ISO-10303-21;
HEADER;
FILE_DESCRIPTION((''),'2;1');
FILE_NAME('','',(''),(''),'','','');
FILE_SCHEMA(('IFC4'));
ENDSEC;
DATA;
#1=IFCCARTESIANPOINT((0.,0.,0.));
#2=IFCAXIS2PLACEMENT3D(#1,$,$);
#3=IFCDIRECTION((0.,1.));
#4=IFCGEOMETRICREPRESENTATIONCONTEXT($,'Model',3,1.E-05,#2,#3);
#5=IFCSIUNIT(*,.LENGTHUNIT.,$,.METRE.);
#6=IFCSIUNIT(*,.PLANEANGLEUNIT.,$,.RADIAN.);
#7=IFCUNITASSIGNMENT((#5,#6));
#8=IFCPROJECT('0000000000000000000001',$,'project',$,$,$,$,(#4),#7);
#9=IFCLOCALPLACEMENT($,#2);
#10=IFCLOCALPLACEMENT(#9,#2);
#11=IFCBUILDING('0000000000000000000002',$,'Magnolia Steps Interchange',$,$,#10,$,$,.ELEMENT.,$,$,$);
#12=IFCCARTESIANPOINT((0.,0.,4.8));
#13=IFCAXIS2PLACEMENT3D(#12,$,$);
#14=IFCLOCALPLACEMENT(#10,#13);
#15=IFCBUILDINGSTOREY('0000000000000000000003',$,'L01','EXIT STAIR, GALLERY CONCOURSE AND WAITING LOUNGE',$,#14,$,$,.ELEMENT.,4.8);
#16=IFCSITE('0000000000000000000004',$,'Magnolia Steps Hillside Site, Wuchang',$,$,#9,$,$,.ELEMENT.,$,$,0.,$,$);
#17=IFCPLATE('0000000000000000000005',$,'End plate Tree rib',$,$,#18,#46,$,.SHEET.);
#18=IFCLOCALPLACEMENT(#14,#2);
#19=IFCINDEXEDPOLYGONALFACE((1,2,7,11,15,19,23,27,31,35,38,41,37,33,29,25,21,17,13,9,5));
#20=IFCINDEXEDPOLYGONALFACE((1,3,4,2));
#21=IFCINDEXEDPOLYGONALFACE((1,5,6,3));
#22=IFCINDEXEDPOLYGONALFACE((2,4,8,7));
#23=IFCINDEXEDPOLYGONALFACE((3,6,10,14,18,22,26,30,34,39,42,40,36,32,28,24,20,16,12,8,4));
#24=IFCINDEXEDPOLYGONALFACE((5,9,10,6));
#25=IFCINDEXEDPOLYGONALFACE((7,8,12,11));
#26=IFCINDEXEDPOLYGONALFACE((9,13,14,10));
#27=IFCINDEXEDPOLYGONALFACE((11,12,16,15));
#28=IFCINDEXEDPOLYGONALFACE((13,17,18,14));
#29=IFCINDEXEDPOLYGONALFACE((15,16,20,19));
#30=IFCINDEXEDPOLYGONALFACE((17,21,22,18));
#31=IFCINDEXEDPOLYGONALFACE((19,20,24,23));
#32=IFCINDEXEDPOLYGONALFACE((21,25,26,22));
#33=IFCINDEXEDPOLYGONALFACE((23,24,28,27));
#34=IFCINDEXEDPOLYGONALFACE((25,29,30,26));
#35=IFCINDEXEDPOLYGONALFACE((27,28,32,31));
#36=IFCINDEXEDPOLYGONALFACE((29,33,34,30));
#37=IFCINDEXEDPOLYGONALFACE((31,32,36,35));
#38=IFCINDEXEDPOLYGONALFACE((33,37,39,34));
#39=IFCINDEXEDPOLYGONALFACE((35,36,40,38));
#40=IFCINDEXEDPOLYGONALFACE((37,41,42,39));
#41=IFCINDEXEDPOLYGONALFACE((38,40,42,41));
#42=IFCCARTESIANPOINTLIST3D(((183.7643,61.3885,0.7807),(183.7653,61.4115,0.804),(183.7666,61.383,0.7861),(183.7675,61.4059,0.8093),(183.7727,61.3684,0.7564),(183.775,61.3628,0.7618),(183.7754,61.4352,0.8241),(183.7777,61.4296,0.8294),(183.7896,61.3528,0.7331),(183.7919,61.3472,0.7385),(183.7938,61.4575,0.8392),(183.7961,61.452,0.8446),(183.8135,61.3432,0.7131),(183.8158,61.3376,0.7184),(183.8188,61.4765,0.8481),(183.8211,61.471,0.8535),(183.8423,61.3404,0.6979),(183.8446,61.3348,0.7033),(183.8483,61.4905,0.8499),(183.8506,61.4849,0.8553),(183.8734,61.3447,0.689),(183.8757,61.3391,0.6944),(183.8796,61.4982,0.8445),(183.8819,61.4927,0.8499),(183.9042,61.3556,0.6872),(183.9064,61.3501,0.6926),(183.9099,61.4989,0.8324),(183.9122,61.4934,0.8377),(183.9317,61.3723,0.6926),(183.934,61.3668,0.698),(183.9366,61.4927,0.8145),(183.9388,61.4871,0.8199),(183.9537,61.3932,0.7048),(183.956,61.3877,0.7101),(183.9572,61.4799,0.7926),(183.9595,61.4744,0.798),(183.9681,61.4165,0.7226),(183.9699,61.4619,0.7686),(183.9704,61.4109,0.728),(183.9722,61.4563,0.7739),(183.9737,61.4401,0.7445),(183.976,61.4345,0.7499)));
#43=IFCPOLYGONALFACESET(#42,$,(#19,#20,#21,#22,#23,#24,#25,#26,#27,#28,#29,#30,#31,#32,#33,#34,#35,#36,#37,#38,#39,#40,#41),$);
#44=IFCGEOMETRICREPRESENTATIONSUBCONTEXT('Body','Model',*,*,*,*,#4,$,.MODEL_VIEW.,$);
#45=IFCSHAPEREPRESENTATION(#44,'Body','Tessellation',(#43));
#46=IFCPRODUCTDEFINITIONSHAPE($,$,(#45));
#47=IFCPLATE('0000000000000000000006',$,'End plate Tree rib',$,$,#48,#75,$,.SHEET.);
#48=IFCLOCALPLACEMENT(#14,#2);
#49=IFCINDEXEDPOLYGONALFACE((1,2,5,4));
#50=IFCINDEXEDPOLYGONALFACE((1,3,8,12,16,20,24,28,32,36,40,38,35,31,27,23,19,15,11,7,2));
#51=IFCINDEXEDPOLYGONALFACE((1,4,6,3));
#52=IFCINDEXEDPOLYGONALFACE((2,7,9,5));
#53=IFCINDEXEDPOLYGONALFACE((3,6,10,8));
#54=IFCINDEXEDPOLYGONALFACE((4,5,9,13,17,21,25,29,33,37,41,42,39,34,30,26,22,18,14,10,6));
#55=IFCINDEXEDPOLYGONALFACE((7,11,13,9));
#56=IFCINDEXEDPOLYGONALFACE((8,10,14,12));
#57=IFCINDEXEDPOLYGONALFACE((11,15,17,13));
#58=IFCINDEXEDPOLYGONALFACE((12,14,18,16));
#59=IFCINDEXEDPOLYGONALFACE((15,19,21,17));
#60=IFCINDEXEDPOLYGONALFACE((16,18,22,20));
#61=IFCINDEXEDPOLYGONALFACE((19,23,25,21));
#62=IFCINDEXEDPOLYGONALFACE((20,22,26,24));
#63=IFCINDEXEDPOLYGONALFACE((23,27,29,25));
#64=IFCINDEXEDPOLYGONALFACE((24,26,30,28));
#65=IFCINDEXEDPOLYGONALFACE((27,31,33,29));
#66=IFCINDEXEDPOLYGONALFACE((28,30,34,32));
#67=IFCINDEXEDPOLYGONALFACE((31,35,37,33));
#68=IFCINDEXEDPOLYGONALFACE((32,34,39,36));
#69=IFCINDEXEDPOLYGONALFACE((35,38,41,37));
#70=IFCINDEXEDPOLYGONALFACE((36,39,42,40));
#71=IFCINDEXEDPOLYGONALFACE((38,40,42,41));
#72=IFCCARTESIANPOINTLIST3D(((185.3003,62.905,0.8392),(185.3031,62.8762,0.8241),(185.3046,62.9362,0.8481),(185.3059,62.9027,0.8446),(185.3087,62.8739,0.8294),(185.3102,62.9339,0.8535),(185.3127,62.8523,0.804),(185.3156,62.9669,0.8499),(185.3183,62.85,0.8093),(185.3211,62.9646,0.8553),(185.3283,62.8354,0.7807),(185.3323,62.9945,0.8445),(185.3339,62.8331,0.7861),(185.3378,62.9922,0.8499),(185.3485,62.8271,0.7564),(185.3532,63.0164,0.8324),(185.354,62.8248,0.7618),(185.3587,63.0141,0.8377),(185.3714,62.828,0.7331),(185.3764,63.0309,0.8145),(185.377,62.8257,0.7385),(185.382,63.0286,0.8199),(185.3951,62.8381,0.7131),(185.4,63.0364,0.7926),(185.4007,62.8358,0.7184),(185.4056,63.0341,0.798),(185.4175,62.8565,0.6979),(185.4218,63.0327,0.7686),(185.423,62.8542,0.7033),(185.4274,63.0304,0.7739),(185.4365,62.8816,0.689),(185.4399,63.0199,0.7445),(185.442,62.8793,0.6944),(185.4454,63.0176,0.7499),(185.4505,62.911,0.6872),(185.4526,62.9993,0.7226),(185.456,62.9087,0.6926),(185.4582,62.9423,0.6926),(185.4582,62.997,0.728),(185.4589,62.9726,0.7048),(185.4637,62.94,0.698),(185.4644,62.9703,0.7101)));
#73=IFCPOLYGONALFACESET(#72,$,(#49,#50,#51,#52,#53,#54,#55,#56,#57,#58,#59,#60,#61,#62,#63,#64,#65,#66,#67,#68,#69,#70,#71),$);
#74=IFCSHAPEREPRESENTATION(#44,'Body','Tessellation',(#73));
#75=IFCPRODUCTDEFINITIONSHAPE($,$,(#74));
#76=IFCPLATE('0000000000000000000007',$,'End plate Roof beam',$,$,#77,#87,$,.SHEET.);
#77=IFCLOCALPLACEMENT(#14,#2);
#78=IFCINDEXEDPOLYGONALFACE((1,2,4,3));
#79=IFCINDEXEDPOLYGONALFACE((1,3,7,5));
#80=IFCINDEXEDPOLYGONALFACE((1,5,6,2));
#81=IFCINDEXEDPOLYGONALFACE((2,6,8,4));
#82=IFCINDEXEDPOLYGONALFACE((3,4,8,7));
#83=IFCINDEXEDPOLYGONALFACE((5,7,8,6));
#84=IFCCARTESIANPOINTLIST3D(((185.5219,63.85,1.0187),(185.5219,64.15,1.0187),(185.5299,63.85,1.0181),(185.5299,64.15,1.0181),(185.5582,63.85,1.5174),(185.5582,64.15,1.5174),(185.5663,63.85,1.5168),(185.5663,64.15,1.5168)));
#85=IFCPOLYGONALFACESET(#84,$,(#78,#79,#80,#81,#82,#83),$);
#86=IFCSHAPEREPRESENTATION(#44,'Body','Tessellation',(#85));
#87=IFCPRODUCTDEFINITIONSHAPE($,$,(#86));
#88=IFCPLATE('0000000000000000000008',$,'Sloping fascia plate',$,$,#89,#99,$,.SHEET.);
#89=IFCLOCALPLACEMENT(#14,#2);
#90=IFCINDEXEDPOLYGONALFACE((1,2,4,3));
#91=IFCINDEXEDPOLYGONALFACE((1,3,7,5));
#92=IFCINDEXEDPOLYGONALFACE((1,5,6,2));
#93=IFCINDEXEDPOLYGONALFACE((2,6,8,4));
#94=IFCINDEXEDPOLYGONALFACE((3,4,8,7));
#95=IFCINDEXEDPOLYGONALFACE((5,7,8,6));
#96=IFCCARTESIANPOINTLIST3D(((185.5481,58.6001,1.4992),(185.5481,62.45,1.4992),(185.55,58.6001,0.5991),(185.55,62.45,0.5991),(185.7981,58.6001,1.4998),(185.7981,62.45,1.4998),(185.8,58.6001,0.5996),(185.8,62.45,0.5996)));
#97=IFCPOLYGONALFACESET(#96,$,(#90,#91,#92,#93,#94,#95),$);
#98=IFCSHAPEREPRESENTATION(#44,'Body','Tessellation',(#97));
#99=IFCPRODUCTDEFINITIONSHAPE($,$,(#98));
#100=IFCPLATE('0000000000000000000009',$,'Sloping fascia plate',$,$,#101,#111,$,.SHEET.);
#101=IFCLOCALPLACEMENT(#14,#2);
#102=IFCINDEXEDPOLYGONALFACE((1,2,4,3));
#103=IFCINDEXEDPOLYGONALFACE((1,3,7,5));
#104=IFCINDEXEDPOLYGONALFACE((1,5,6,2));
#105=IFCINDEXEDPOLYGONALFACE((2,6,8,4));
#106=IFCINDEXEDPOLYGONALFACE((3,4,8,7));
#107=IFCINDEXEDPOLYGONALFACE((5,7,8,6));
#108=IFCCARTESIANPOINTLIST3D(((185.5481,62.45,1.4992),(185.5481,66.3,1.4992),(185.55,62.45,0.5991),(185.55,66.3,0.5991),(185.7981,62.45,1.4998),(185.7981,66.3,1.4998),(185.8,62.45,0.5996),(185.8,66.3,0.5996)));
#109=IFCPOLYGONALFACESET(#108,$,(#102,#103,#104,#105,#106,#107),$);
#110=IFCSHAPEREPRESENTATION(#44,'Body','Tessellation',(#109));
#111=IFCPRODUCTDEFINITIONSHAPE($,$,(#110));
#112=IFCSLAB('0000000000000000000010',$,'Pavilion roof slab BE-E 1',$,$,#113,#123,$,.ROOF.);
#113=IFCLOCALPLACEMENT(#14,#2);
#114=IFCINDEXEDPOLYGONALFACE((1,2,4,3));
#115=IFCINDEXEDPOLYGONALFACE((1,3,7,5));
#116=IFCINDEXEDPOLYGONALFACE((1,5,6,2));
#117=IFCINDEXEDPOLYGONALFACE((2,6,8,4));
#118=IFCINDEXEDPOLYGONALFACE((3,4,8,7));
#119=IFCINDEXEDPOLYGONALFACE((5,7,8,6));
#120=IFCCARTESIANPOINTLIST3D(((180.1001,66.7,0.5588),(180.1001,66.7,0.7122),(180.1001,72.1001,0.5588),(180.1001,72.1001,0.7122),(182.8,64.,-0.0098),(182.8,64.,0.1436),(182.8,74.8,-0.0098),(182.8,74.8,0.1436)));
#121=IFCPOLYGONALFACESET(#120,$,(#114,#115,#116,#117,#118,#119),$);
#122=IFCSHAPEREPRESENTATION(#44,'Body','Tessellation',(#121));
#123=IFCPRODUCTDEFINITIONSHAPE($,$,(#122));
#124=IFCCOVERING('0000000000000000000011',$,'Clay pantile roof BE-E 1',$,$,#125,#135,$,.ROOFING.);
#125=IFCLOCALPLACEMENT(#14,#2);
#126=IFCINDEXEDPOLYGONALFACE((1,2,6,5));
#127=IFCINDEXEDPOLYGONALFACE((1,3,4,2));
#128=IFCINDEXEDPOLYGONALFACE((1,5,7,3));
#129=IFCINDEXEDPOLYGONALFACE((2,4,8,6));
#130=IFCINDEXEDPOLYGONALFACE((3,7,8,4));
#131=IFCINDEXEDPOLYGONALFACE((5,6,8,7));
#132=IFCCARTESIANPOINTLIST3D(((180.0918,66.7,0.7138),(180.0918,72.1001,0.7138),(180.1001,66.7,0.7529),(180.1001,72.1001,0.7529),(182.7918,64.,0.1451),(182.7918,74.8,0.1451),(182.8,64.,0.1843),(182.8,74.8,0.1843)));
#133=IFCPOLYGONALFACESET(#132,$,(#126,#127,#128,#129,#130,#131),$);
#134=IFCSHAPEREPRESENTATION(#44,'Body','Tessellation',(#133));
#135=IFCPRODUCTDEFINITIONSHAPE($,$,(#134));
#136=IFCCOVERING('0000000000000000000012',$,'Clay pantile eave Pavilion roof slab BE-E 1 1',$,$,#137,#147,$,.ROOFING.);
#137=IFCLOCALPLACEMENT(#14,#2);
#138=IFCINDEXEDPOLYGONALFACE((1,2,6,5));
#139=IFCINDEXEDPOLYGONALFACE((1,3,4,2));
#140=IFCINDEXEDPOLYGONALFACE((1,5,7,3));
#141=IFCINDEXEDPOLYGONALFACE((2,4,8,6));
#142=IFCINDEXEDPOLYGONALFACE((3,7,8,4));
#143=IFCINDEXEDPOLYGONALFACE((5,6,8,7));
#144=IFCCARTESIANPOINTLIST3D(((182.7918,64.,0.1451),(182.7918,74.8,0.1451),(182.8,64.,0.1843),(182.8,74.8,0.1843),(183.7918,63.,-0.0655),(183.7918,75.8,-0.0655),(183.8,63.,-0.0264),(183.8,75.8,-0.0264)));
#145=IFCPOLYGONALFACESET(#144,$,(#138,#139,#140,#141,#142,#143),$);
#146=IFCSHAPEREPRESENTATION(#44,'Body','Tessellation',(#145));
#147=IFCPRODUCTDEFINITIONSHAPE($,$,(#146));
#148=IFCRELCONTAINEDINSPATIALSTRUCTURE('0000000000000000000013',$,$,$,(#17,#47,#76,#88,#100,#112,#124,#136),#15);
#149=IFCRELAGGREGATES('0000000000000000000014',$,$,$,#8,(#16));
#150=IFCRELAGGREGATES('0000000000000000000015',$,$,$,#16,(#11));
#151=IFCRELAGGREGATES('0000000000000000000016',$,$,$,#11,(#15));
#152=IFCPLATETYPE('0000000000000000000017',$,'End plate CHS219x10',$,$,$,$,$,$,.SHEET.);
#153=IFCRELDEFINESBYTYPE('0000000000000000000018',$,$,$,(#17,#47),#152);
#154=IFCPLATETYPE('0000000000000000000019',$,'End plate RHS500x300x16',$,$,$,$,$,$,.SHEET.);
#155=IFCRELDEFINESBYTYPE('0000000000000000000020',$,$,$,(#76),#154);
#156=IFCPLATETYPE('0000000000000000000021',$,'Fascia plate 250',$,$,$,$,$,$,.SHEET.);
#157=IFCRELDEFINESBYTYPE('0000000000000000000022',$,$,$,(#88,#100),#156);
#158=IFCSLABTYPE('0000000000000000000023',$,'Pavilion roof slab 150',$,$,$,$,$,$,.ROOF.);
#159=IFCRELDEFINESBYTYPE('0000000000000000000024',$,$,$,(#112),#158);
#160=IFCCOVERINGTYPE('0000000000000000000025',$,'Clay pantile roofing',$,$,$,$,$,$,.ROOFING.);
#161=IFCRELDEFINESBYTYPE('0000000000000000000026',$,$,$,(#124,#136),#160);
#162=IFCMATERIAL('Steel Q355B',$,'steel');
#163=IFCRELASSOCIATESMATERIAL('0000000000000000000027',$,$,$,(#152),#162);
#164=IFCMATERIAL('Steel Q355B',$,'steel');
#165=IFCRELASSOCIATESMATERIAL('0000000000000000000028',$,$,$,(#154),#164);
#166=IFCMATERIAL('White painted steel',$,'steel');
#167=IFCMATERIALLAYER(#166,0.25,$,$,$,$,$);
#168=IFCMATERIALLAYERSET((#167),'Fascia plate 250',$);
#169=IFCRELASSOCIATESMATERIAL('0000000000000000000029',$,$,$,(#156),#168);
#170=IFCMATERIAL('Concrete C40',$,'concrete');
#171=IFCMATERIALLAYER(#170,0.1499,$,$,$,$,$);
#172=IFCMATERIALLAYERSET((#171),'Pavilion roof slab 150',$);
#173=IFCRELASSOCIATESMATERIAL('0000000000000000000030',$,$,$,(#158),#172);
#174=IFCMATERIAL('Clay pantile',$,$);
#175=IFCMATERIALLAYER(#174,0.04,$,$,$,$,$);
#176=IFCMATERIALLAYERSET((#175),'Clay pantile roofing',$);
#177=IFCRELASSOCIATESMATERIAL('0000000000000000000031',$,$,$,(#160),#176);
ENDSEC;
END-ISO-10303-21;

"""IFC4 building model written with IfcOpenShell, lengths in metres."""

from ifc_helpers import new_model, si_unit, direction, frame, origin, origin_2d, place, context, subcontext, project, spatial, polyline, rectangle, circle, outline, extrude, material, layer, layer_set, material_profile, profile_set, type_object, element, save


model = new_model("IFC4")

# Units and contexts
model_context = context("Model", 3, precision=1e-05, world=origin(), true_north=direction((0.0, 1.0)))
body_context = subcontext(model_context, "Body", "Model", "MODEL_VIEW")
ifc_project = project(units=[si_unit("LENGTHUNIT", "METRE"), si_unit("PLANEANGLEUNIT", "RADIAN")], contexts=[model_context])

# Site, building, storey
site_placement = place(None, origin())
site = spatial("IfcSite", under=ifc_project, at=site_placement, Name="Magnolia Steps Hillside Site, Wuchang", CompositionType="ELEMENT", RefElevation=0.0)
building_placement = place(site_placement, origin())
building = spatial("IfcBuilding", under=site, at=building_placement, Name="Magnolia Steps Interchange", CompositionType="ELEMENT")
storey_placement = place(building_placement, frame((0.0, 0.0, 4.8)))
storey = spatial("IfcBuildingStorey", under=building, at=storey_placement, Name="L01", Description="EXIT STAIR, GALLERY CONCOURSE AND WAITING LOUNGE", CompositionType="ELEMENT", Elevation=4.8)

# Plates
ifc_material_1 = material(Name="Steel Q355B", Category="steel")
ifc_material_profile_1 = material_profile(ifc_material_1, circle(Radius=0.1096, at=origin_2d()), Name="End plate CHS219x10")
ifc_profile_set_1 = profile_set([ifc_material_profile_1], Name="Steel Q355B")
plate_type_1 = type_object("IfcPlateType", Name="End plate CHS219x10", PredefinedType="SHEET", material=ifc_profile_set_1)
for number, where, z_axis, x_axis, name in (
    (1, (183.8687, 61.4199, 0.7686), (0.284874, -0.687748, 0.66772), (0.92388, 0.382683, 0.0), "End plate Tree rib"),
    (2, (185.3799, 62.9314, 0.7686), (0.687748, -0.284874, 0.66772), (0.382683, 0.92388, 0.0), "End plate Tree rib"),
):
    element("IfcPlate", number, at=place(storey_placement, frame(where, z_axis=z_axis, x_axis=x_axis)), inside=storey, type_object=plate_type_1, Name=name, PredefinedType="SHEET", context=body_context, shape_type="SweptSolid", body=[
        extrude(circle(Radius=0.1096, at=origin_2d()), origin(), (0.0, 0.0, 1.0), 0.0081),
    ])
ifc_material_2 = material(Name="Steel Q355B", Category="steel")
ifc_material_profile_2 = material_profile(ifc_material_2, rectangle(XDim=0.3, YDim=0.5, at=origin_2d()), Name="End plate RHS500x300x16")
ifc_profile_set_2 = profile_set([ifc_material_profile_2], Name="Steel Q355B")
plate_type_2 = type_object("IfcPlateType", Name="End plate RHS500x300x16", PredefinedType="SHEET", material=ifc_profile_set_2)
plate_1_placement = place(storey_placement, frame((185.54, 64.0, 1.2681), z_axis=(0.997352, 0.0, -0.072727), x_axis=(0.0, 1.0, 0.0)))
element("IfcPlate", 3, at=plate_1_placement, inside=storey, type_object=plate_type_2, Name="End plate Roof beam", PredefinedType="SHEET", context=body_context, shape_type="SweptSolid", body=[
    extrude(rectangle(XDim=0.3, YDim=0.5, at=origin_2d()), origin(), (0.0, 0.0, 1.0), 0.0081),
])
ifc_material_3 = material(Name="White painted steel", Category="steel")
ifc_layer_1 = layer(ifc_material_3, 0.25)
ifc_layer_set_1 = layer_set([ifc_layer_1], Name="Fascia plate 250")
plate_type_3 = type_object("IfcPlateType", Name="Fascia plate 250", PredefinedType="SHEET", material=ifc_layer_set_1)
plate_2_placement = place(storey_placement, frame((185.8, 58.6001, 0.5996), z_axis=(0.999998, 0.0, 0.00217), x_axis=(0.0, 1.0, 0.0)))
element("IfcPlate", 4, at=plate_2_placement, inside=storey, type_object=plate_type_3, Name="Sloping fascia plate", PredefinedType="SHEET", context=body_context, shape_type="SweptSolid", body=[
    extrude(outline(polyline([(0.0, 0.0), (3.8499, 0.0), (3.8499, 0.9001), (0.0, 0.9001), (0.0, 0.0)])), origin(), (0.0, 0.0, -1.0), 0.25),
])
plate_3_placement = place(storey_placement, frame((185.8, 62.45, 0.5996), z_axis=(0.999998, 0.0, 0.00217), x_axis=(0.0, 1.0, 0.0)))
element("IfcPlate", 5, at=plate_3_placement, inside=storey, type_object=plate_type_3, Name="Sloping fascia plate", PredefinedType="SHEET", context=body_context, shape_type="SweptSolid", body=[
    extrude(outline(polyline([(0.0, 0.0), (3.8501, 0.0), (3.8501, 0.9001), (0.0, 0.9001), (0.0, 0.0)])), origin(), (0.0, 0.0, -1.0), 0.25),
])

# Slab
ifc_material_4 = material(Name="Concrete C40", Category="concrete")
ifc_layer_2 = layer(ifc_material_4, 0.1499)
ifc_layer_set_2 = layer_set([ifc_layer_2], Name="Pavilion roof slab 150")
slab_type_1 = type_object("IfcSlabType", Name="Pavilion roof slab 150", PredefinedType="ROOF", material=ifc_layer_set_2)
slab_1_placement = place(storey_placement, frame((182.8, 64.0, 0.1436), z_axis=(0.206077, 0.0, 0.978536), x_axis=(0.0, 1.0, 0.0)))
element("IfcSlab", 6, at=slab_1_placement, inside=storey, type_object=slab_type_1, Name="Pavilion roof slab BE-E 1", PredefinedType="ROOF", context=body_context, shape_type="SweptSolid", body=[
    extrude(outline(polyline([(0.0, 0.0), (10.8, 0.0), (8.1001, 2.7592), (2.7, 2.7592), (0.0, 0.0)])), origin(), (0.0, -0.206077, -0.978536), 0.1533),
])

# Coverings
ifc_material_5 = material(Name="Clay pantile")
ifc_layer_3 = layer(ifc_material_5, 0.04)
ifc_layer_set_3 = layer_set([ifc_layer_3], Name="Clay pantile roofing")
covering_type = type_object("IfcCoveringType", Name="Clay pantile roofing", PredefinedType="ROOFING", material=ifc_layer_set_3)
covering_1_placement = place(storey_placement, frame((182.8, 64.0, 0.1843), z_axis=(0.206077, 0.0, 0.978536), x_axis=(0.0, 1.0, 0.0)))
element("IfcCovering", 7, at=covering_1_placement, inside=storey, type_object=covering_type, Name="Clay pantile roof BE-E 1", PredefinedType="ROOFING", context=body_context, shape_type="SweptSolid", body=[
    extrude(outline(polyline([(0.0, 0.0), (10.8, 0.0), (8.1001, 2.7592), (2.7, 2.7592), (0.0, 0.0)])), origin(), (0.0, 0.0, -1.0), 0.04),
])
covering_2_placement = place(storey_placement, frame((182.8, 64.0, 0.1843), z_axis=(0.206167, 0.0, 0.978517), x_axis=(0.0, 1.0, 0.0)))
element("IfcCovering", 8, at=covering_2_placement, inside=storey, type_object=covering_type, Name="Clay pantile eave Pavilion roof slab BE-E 1 1", PredefinedType="ROOFING", context=body_context, shape_type="SweptSolid", body=[
    extrude(outline(polyline([(0.0, 0.0), (10.8, 0.0), (11.8, -1.022), (-1.0, -1.022), (0.0, 0.0)])), origin(), (0.0, 0.0, -1.0), 0.04),
])

save(model, "model.ifc")
